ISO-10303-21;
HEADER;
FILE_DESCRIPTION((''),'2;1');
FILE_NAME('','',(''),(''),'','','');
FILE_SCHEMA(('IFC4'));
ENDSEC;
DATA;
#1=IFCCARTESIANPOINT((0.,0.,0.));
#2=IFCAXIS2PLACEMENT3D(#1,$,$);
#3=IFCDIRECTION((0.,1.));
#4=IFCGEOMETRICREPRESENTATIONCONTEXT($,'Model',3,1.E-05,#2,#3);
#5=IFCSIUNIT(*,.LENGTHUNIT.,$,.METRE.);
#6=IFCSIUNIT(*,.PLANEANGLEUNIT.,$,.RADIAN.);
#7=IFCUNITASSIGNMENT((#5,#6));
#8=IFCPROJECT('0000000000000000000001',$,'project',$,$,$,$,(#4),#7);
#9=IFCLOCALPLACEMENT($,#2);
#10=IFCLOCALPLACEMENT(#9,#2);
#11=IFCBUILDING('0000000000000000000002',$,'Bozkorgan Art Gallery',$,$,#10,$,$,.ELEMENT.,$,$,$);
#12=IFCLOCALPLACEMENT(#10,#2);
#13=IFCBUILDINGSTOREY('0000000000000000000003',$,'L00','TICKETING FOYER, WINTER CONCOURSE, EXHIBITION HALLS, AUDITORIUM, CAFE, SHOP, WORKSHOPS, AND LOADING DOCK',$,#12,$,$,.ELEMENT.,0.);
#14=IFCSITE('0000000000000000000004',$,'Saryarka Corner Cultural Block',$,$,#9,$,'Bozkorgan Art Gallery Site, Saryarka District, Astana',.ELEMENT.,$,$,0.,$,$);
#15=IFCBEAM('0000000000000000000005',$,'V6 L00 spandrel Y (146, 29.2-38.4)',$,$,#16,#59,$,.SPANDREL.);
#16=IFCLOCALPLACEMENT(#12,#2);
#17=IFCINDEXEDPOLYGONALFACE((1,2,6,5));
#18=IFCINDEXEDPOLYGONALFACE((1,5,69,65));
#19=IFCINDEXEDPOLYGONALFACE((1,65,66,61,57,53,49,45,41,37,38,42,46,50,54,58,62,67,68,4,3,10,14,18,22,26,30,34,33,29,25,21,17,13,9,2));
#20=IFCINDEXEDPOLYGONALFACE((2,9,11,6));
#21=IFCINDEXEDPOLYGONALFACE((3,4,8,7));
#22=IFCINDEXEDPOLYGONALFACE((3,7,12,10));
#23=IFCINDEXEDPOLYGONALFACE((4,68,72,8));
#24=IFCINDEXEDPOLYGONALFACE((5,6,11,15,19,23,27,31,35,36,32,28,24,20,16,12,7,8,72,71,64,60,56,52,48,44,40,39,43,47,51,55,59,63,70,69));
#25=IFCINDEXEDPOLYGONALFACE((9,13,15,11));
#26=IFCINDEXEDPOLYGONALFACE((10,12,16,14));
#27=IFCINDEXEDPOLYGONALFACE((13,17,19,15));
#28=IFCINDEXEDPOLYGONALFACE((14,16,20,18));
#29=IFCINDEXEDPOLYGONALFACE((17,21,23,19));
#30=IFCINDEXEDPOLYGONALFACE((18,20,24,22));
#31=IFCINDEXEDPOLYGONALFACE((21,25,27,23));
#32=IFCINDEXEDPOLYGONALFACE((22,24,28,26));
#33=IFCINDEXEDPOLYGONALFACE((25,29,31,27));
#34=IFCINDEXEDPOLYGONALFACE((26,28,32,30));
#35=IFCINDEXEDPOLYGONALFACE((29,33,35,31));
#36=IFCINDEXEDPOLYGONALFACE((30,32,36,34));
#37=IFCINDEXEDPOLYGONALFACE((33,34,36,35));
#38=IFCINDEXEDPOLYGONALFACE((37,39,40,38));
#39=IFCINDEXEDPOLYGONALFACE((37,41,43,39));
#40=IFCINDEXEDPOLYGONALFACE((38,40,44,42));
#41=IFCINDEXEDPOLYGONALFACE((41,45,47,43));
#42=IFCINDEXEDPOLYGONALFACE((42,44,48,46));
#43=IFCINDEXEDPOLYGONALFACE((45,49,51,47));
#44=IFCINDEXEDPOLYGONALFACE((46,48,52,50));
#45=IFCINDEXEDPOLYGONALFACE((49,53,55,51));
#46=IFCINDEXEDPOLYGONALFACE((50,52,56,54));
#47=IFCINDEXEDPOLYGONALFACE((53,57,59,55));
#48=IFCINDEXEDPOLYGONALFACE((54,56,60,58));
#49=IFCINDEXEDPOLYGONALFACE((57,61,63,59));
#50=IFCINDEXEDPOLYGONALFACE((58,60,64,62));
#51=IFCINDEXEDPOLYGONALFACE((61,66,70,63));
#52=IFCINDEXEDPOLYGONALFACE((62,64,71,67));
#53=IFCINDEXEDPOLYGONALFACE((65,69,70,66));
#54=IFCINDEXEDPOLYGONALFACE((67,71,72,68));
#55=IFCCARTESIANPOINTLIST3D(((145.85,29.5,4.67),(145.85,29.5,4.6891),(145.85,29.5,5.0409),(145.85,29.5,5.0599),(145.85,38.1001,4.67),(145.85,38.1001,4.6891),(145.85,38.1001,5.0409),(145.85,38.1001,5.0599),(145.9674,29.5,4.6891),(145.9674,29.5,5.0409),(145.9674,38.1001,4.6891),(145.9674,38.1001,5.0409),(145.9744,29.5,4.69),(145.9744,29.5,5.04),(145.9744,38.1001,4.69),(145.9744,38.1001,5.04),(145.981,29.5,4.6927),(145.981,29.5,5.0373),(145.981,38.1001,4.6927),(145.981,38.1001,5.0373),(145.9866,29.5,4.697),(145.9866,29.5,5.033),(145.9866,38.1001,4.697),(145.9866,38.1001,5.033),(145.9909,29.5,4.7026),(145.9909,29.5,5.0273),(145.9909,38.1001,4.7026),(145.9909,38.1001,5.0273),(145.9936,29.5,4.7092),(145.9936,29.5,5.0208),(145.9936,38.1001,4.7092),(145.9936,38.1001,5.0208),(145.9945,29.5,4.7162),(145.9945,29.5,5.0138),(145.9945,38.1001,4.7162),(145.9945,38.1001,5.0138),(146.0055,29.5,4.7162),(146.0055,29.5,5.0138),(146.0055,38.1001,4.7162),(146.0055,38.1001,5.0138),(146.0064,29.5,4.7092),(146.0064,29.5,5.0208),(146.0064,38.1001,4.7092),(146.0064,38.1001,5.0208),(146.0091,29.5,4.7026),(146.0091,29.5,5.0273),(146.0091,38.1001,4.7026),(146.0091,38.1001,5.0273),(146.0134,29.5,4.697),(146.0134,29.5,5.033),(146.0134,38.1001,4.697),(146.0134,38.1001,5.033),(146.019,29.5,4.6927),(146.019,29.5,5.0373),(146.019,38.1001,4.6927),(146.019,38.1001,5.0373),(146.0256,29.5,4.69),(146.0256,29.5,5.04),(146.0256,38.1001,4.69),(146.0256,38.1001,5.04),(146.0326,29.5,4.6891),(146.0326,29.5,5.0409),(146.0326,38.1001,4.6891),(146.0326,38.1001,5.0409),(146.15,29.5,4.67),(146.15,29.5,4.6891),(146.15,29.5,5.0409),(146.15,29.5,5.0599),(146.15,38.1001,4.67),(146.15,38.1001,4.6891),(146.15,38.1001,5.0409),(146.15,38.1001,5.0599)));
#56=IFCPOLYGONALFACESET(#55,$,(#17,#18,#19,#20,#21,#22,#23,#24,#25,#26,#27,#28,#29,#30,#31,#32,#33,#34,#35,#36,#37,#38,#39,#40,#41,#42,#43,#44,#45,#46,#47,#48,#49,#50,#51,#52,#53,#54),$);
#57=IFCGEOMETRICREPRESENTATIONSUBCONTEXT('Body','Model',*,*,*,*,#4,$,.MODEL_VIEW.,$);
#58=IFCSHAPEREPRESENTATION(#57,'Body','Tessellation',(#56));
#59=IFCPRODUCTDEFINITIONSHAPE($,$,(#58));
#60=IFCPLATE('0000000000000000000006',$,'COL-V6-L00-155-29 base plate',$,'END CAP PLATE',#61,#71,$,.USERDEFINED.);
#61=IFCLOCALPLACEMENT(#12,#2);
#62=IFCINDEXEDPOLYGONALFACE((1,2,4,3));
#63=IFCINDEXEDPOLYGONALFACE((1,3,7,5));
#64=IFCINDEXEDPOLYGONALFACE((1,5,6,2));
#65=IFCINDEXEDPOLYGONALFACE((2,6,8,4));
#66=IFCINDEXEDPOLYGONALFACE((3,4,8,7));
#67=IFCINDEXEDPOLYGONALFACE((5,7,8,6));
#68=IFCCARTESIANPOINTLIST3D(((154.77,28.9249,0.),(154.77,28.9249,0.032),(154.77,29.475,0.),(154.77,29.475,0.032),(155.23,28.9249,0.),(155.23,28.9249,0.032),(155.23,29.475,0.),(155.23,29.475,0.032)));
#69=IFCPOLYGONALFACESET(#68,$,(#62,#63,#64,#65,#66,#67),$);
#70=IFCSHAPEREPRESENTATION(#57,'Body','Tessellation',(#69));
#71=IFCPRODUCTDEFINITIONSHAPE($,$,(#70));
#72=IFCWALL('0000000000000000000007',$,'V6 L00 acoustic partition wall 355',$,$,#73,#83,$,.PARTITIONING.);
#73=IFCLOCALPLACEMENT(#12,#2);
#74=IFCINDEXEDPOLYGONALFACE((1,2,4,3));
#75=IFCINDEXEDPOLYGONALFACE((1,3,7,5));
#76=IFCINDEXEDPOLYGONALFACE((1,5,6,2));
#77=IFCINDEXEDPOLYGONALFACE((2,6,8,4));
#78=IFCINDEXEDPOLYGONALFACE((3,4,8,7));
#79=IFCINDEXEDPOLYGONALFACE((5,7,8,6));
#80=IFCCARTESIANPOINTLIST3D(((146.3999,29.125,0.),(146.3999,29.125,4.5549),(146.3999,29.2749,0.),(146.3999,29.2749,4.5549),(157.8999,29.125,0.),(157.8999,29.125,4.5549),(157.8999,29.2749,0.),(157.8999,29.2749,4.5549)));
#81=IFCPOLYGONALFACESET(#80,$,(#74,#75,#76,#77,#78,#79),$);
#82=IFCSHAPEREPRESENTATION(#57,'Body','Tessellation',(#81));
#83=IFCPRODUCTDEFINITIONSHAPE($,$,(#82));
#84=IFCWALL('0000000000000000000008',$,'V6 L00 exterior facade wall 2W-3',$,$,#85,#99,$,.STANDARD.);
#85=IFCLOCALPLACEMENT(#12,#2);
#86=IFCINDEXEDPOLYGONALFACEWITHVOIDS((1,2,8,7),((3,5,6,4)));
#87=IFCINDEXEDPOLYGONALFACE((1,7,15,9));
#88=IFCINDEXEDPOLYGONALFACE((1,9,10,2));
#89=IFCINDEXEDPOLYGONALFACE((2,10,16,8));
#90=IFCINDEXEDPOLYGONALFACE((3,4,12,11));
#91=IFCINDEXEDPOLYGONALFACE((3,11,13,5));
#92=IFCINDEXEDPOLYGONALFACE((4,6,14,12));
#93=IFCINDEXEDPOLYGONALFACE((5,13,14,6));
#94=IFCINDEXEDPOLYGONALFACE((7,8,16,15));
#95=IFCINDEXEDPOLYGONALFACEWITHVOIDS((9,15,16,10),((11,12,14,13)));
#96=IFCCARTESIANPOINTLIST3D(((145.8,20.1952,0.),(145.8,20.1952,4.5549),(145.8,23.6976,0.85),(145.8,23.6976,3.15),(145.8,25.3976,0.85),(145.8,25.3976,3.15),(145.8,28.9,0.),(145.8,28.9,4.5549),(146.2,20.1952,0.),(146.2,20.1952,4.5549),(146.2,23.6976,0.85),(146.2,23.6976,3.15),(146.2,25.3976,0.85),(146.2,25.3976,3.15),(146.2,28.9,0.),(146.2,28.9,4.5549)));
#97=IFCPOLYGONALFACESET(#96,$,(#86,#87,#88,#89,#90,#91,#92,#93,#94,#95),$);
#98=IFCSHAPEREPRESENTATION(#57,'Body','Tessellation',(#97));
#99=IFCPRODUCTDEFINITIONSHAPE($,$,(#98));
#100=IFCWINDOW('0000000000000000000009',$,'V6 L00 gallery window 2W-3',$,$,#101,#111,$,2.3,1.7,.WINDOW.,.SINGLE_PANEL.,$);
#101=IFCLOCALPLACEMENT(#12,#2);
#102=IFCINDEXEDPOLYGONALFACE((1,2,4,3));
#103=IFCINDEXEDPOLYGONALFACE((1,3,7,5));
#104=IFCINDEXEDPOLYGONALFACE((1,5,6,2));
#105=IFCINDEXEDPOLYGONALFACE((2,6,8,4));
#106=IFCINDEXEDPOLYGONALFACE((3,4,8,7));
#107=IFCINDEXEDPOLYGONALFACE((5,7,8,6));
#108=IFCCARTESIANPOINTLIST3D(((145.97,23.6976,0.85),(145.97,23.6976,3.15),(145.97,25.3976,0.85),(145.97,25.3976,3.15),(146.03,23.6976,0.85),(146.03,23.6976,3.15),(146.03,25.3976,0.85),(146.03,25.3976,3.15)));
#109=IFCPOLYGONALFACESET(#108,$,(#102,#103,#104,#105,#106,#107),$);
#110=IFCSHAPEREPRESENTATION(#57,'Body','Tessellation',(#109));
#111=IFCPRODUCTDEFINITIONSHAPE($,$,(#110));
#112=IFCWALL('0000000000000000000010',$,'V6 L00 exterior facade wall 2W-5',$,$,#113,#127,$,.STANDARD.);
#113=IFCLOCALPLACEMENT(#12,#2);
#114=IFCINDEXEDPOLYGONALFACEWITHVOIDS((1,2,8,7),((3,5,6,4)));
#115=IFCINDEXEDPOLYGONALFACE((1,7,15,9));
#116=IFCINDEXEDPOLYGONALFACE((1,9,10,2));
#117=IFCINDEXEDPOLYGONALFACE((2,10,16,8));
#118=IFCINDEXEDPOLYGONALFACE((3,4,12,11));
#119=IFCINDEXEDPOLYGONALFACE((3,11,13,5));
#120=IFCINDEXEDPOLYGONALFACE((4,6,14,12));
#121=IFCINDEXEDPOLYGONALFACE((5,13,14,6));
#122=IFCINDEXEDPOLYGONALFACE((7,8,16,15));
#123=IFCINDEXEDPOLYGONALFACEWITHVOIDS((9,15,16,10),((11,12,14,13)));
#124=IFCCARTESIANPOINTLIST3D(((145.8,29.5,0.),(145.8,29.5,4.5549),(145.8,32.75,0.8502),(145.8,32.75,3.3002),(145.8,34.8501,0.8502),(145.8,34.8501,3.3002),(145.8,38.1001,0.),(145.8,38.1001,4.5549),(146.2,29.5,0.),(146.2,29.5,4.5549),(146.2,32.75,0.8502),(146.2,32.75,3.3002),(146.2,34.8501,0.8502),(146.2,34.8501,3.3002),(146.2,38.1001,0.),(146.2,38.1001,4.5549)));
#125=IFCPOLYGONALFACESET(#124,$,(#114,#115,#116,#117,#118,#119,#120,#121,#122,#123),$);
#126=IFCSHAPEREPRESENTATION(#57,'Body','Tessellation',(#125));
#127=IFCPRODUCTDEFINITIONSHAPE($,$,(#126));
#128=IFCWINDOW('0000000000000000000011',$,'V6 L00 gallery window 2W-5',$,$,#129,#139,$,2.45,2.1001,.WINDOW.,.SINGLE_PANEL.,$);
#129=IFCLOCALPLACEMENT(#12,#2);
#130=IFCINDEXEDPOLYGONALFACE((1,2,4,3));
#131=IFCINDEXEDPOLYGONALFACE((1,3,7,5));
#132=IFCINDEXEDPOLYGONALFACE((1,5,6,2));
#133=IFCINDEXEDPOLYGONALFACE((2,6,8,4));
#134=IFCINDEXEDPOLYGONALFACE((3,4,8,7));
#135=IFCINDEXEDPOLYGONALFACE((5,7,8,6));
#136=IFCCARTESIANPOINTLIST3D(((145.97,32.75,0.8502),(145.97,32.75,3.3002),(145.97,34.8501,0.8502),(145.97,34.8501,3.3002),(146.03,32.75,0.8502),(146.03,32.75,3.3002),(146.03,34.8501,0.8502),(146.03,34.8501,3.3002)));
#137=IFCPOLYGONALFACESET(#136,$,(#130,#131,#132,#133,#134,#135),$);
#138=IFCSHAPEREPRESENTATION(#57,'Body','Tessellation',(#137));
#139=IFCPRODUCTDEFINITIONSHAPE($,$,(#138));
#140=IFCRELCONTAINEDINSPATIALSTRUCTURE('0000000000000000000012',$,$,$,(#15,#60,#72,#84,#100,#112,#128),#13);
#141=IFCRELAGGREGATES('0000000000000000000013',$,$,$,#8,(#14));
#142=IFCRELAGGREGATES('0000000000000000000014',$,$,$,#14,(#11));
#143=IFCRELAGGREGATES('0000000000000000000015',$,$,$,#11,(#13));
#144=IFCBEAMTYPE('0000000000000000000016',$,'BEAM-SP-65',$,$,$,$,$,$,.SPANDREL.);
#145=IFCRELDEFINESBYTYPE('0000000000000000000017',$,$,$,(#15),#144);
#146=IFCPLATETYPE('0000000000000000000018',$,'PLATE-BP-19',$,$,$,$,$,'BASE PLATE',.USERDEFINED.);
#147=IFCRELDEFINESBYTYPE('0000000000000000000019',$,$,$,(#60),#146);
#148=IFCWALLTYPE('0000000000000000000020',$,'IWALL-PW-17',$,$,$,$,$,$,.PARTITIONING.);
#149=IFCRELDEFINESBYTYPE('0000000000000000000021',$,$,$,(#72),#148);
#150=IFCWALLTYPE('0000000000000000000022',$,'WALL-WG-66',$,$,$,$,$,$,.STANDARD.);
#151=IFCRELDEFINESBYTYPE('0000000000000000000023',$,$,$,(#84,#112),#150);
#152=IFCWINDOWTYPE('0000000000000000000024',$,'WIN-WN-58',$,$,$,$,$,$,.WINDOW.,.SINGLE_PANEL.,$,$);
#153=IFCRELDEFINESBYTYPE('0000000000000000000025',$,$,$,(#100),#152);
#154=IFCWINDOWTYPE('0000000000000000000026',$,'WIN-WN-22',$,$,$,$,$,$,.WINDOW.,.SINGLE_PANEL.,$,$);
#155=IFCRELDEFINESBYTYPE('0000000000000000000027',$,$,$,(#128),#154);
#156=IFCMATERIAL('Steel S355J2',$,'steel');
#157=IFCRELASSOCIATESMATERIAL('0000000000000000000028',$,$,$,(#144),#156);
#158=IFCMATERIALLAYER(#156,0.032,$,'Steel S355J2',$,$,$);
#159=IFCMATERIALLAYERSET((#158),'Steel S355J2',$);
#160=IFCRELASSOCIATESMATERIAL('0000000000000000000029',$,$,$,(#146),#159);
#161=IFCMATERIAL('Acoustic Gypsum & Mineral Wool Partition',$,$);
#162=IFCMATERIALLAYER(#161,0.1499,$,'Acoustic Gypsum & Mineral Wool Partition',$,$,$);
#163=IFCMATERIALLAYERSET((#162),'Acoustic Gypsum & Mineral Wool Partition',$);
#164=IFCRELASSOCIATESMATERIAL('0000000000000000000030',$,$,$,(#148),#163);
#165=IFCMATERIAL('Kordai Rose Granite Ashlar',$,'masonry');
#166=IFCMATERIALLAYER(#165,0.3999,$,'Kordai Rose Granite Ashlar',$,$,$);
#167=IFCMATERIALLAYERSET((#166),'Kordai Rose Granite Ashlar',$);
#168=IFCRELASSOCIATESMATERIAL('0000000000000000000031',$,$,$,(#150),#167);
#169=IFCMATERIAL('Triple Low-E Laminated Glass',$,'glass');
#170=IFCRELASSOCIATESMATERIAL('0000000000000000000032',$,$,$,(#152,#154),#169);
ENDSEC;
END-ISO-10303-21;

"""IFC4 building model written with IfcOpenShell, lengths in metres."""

from ifc_helpers import new_model, si_unit, direction, frame, frame_2d, origin, origin_2d, place, context, subcontext, project, spatial, rectangle, i_section, extrude, material, layer, layer_set, material_profile, profile_set, type_object, element, fill, save


model = new_model("IFC4")

# Units and contexts
model_context = context("Model", 3, precision=1e-05, world=origin(), true_north=direction((0.0, 1.0)))
body_context = subcontext(model_context, "Body", "Model", "MODEL_VIEW")
ifc_project = project(units=[si_unit("LENGTHUNIT", "METRE"), si_unit("PLANEANGLEUNIT", "RADIAN")], contexts=[model_context])

# Site, building, storey
site_placement = place(None, origin())
site = spatial("IfcSite", under=ifc_project, at=site_placement, Name="Saryarka Corner Cultural Block", LongName="Bozkorgan Art Gallery Site, Saryarka District, Astana", CompositionType="ELEMENT", RefElevation=0.0)
building_placement = place(site_placement, origin())
building = spatial("IfcBuilding", under=site, at=building_placement, Name="Bozkorgan Art Gallery", CompositionType="ELEMENT")
storey_placement = place(building_placement, origin())
storey = spatial("IfcBuildingStorey", under=building, at=storey_placement, Name="L00", Description="TICKETING FOYER, WINTER CONCOURSE, EXHIBITION HALLS, AUDITORIUM, CAFE, SHOP, WORKSHOPS, AND LOADING DOCK", CompositionType="ELEMENT", Elevation=0.0)

# Shared definitions
ifc_material_1 = material(Name="Steel S355J2", Category="steel")

# Beam
ifc_material_profile_1 = material_profile(ifc_material_1, i_section(OverallWidth=0.3, OverallDepth=0.3899, WebThickness=0.011, FlangeThickness=0.019, FilletRadius=0.0271, at=origin_2d()), Name="HEA 400")
ifc_profile_set_1 = profile_set([ifc_material_profile_1], Name="Steel S355J2")
beam_type_1 = type_object("IfcBeamType", Name="BEAM-SP-65", PredefinedType="SPANDREL", material=ifc_profile_set_1)
beam_1_placement = place(storey_placement, frame((146.0, 29.5, 4.865), z_axis=(0.0, 1.0, 0.0), x_axis=(-1.0, 0.0, 0.0)))
element("IfcBeam", 1, at=beam_1_placement, inside=storey, type_object=beam_type_1, Name="V6 L00 spandrel Y (146, 29.2-38.4)", PredefinedType="SPANDREL", context=body_context, shape_type="SweptSolid", body=[
    extrude(i_section(OverallWidth=0.3, OverallDepth=0.3899, WebThickness=0.011, FlangeThickness=0.019, FilletRadius=0.0271, at=origin_2d()), origin(), (0.0, 0.0, 1.0), 8.6001),
])

# Plate
ifc_layer_1 = layer(ifc_material_1, 0.032, Name="Steel S355J2")
ifc_layer_set_1 = layer_set([ifc_layer_1], Name="Steel S355J2")
plate_type = type_object("IfcPlateType", Name="PLATE-BP-19", ElementType="BASE PLATE", PredefinedType="USERDEFINED", material=ifc_layer_set_1)
plate_placement = place(storey_placement, frame((155.0, 29.2, 0.0), z_axis=(0.0, 0.0, 1.0), x_axis=(1.0, 0.0, 0.0)))
element("IfcPlate", 2, at=plate_placement, inside=storey, type_object=plate_type, Name="COL-V6-L00-155-29 base plate", ObjectType="END CAP PLATE", PredefinedType="USERDEFINED", context=body_context, shape_type="SweptSolid", body=[
    extrude(rectangle(XDim=0.46, YDim=0.55, at=origin_2d()), origin(), (0.0, 0.0, 1.0), 0.032),
])

# Wall
ifc_material_2 = material(Name="Acoustic Gypsum & Mineral Wool Partition")
ifc_layer_2 = layer(ifc_material_2, 0.1499, Name="Acoustic Gypsum & Mineral Wool Partition")
ifc_layer_set_2 = layer_set([ifc_layer_2], Name="Acoustic Gypsum & Mineral Wool Partition")
wall_type_1 = type_object("IfcWallType", Name="IWALL-PW-17", PredefinedType="PARTITIONING", material=ifc_layer_set_2)
wall_1_placement = place(storey_placement, frame((146.3999, 29.2, 0.0), z_axis=(0.0, 0.0, 1.0), x_axis=(1.0, 0.0, 0.0)))
element("IfcWall", 3, at=wall_1_placement, inside=storey, type_object=wall_type_1, Name="V6 L00 acoustic partition wall 355", PredefinedType="PARTITIONING", context=body_context, shape_type="SweptSolid", body=[
    extrude(rectangle(XDim=11.5, YDim=0.1499, at=frame_2d((5.75, 0.0))), origin(), (0.0, 0.0, 1.0), 4.5549),
])

# Walls, openings, windows
ifc_material_3 = material(Name="Kordai Rose Granite Ashlar", Category="masonry")
ifc_layer_3 = layer(ifc_material_3, 0.3999, Name="Kordai Rose Granite Ashlar")
ifc_layer_set_3 = layer_set([ifc_layer_3], Name="Kordai Rose Granite Ashlar")
wall_type_2 = type_object("IfcWallType", Name="WALL-WG-66", PredefinedType="STANDARD", material=ifc_layer_set_3)
wall_2_placement = place(storey_placement, frame((146.0, 20.1951, 0.0), z_axis=(0.0, 0.0, 1.0), x_axis=(0.0, 1.0, 0.0)))
wall_2 = element("IfcWall", 4, at=wall_2_placement, inside=storey, type_object=wall_type_2, Name="V6 L00 exterior facade wall 2W-3", PredefinedType="STANDARD", context=body_context, shape_type="SweptSolid", body=[
    extrude(rectangle(XDim=8.7048, YDim=0.3999, at=frame_2d((4.3525, 0.0))), origin(), (0.0, 0.0, 1.0), 4.5549),
])
opening_1_placement = place(wall_2_placement, frame((3.5024, 0.0, 0.8501)))
opening_1 = element("IfcOpeningElement", 5, at=opening_1_placement, cuts=wall_2, PredefinedType="OPENING", context=body_context, shape_type="SweptSolid", body=[
    extrude(rectangle(XDim=1.7, YDim=2.3, at=frame_2d((0.8501, 1.1499))), frame((0.0, 0.21, 0.0), z_axis=(0.0, -1.0, 0.0), x_axis=(1.0, 0.0, 0.0)), (0.0, 0.0, 1.0), 0.4199),
])
ifc_material_4 = material(Name="Triple Low-E Laminated Glass", Category="glass")
window_type_1 = type_object("IfcWindowType", Name="WIN-WN-58", PartitioningType="SINGLE_PANEL", PredefinedType="WINDOW", material=ifc_material_4)
window_1_placement = place(opening_1_placement, origin())
window_1 = element("IfcWindow", 6, at=window_1_placement, inside=storey, type_object=window_type_1, Name="V6 L00 gallery window 2W-3", OverallHeight=2.3, OverallWidth=1.7, PartitioningType="SINGLE_PANEL", PredefinedType="WINDOW", context=body_context, shape_type="SweptSolid", body=[
    extrude(rectangle(XDim=1.7, YDim=2.3, at=frame_2d((0.8501, 1.1499))), frame((0.0, 0.03, 0.0), z_axis=(0.0, -1.0, 0.0), x_axis=(1.0, 0.0, 0.0)), (0.0, 0.0, 1.0), 0.0601),
])
fill(opening_1, window_1)
wall_3_placement = place(storey_placement, frame((146.0, 29.5, 0.0), z_axis=(0.0, 0.0, 1.0), x_axis=(0.0, 1.0, 0.0)))
wall_3 = element("IfcWall", 7, at=wall_3_placement, inside=storey, type_object=wall_type_2, Name="V6 L00 exterior facade wall 2W-5", PredefinedType="STANDARD", context=body_context, shape_type="SweptSolid", body=[
    extrude(rectangle(XDim=8.6001, YDim=0.3999, at=frame_2d((4.3, 0.0))), origin(), (0.0, 0.0, 1.0), 4.5549),
])
opening_2_placement = place(wall_3_placement, frame((3.25, 0.0, 0.8501)))
opening_2 = element("IfcOpeningElement", 8, at=opening_2_placement, cuts=wall_3, PredefinedType="OPENING", context=body_context, shape_type="SweptSolid", body=[
    extrude(rectangle(XDim=2.1001, YDim=2.45, at=frame_2d((1.05, 1.2251))), frame((0.0, 0.21, 0.0), z_axis=(0.0, -1.0, 0.0), x_axis=(1.0, 0.0, 0.0)), (0.0, 0.0, 1.0), 0.4199),
])
window_type_2 = type_object("IfcWindowType", Name="WIN-WN-22", PartitioningType="SINGLE_PANEL", PredefinedType="WINDOW", material=ifc_material_4)
window_2_placement = place(opening_2_placement, origin())
window_2 = element("IfcWindow", 9, at=window_2_placement, inside=storey, type_object=window_type_2, Name="V6 L00 gallery window 2W-5", OverallHeight=2.45, OverallWidth=2.1001, PartitioningType="SINGLE_PANEL", PredefinedType="WINDOW", context=body_context, shape_type="SweptSolid", body=[
    extrude(rectangle(XDim=2.1001, YDim=2.45, at=frame_2d((1.05, 1.2251))), frame((0.0, 0.03, 0.0), z_axis=(0.0, -1.0, 0.0), x_axis=(1.0, 0.0, 0.0)), (0.0, 0.0, 1.0), 0.0601),
])
fill(opening_2, window_2)

save(model, "model.ifc")
